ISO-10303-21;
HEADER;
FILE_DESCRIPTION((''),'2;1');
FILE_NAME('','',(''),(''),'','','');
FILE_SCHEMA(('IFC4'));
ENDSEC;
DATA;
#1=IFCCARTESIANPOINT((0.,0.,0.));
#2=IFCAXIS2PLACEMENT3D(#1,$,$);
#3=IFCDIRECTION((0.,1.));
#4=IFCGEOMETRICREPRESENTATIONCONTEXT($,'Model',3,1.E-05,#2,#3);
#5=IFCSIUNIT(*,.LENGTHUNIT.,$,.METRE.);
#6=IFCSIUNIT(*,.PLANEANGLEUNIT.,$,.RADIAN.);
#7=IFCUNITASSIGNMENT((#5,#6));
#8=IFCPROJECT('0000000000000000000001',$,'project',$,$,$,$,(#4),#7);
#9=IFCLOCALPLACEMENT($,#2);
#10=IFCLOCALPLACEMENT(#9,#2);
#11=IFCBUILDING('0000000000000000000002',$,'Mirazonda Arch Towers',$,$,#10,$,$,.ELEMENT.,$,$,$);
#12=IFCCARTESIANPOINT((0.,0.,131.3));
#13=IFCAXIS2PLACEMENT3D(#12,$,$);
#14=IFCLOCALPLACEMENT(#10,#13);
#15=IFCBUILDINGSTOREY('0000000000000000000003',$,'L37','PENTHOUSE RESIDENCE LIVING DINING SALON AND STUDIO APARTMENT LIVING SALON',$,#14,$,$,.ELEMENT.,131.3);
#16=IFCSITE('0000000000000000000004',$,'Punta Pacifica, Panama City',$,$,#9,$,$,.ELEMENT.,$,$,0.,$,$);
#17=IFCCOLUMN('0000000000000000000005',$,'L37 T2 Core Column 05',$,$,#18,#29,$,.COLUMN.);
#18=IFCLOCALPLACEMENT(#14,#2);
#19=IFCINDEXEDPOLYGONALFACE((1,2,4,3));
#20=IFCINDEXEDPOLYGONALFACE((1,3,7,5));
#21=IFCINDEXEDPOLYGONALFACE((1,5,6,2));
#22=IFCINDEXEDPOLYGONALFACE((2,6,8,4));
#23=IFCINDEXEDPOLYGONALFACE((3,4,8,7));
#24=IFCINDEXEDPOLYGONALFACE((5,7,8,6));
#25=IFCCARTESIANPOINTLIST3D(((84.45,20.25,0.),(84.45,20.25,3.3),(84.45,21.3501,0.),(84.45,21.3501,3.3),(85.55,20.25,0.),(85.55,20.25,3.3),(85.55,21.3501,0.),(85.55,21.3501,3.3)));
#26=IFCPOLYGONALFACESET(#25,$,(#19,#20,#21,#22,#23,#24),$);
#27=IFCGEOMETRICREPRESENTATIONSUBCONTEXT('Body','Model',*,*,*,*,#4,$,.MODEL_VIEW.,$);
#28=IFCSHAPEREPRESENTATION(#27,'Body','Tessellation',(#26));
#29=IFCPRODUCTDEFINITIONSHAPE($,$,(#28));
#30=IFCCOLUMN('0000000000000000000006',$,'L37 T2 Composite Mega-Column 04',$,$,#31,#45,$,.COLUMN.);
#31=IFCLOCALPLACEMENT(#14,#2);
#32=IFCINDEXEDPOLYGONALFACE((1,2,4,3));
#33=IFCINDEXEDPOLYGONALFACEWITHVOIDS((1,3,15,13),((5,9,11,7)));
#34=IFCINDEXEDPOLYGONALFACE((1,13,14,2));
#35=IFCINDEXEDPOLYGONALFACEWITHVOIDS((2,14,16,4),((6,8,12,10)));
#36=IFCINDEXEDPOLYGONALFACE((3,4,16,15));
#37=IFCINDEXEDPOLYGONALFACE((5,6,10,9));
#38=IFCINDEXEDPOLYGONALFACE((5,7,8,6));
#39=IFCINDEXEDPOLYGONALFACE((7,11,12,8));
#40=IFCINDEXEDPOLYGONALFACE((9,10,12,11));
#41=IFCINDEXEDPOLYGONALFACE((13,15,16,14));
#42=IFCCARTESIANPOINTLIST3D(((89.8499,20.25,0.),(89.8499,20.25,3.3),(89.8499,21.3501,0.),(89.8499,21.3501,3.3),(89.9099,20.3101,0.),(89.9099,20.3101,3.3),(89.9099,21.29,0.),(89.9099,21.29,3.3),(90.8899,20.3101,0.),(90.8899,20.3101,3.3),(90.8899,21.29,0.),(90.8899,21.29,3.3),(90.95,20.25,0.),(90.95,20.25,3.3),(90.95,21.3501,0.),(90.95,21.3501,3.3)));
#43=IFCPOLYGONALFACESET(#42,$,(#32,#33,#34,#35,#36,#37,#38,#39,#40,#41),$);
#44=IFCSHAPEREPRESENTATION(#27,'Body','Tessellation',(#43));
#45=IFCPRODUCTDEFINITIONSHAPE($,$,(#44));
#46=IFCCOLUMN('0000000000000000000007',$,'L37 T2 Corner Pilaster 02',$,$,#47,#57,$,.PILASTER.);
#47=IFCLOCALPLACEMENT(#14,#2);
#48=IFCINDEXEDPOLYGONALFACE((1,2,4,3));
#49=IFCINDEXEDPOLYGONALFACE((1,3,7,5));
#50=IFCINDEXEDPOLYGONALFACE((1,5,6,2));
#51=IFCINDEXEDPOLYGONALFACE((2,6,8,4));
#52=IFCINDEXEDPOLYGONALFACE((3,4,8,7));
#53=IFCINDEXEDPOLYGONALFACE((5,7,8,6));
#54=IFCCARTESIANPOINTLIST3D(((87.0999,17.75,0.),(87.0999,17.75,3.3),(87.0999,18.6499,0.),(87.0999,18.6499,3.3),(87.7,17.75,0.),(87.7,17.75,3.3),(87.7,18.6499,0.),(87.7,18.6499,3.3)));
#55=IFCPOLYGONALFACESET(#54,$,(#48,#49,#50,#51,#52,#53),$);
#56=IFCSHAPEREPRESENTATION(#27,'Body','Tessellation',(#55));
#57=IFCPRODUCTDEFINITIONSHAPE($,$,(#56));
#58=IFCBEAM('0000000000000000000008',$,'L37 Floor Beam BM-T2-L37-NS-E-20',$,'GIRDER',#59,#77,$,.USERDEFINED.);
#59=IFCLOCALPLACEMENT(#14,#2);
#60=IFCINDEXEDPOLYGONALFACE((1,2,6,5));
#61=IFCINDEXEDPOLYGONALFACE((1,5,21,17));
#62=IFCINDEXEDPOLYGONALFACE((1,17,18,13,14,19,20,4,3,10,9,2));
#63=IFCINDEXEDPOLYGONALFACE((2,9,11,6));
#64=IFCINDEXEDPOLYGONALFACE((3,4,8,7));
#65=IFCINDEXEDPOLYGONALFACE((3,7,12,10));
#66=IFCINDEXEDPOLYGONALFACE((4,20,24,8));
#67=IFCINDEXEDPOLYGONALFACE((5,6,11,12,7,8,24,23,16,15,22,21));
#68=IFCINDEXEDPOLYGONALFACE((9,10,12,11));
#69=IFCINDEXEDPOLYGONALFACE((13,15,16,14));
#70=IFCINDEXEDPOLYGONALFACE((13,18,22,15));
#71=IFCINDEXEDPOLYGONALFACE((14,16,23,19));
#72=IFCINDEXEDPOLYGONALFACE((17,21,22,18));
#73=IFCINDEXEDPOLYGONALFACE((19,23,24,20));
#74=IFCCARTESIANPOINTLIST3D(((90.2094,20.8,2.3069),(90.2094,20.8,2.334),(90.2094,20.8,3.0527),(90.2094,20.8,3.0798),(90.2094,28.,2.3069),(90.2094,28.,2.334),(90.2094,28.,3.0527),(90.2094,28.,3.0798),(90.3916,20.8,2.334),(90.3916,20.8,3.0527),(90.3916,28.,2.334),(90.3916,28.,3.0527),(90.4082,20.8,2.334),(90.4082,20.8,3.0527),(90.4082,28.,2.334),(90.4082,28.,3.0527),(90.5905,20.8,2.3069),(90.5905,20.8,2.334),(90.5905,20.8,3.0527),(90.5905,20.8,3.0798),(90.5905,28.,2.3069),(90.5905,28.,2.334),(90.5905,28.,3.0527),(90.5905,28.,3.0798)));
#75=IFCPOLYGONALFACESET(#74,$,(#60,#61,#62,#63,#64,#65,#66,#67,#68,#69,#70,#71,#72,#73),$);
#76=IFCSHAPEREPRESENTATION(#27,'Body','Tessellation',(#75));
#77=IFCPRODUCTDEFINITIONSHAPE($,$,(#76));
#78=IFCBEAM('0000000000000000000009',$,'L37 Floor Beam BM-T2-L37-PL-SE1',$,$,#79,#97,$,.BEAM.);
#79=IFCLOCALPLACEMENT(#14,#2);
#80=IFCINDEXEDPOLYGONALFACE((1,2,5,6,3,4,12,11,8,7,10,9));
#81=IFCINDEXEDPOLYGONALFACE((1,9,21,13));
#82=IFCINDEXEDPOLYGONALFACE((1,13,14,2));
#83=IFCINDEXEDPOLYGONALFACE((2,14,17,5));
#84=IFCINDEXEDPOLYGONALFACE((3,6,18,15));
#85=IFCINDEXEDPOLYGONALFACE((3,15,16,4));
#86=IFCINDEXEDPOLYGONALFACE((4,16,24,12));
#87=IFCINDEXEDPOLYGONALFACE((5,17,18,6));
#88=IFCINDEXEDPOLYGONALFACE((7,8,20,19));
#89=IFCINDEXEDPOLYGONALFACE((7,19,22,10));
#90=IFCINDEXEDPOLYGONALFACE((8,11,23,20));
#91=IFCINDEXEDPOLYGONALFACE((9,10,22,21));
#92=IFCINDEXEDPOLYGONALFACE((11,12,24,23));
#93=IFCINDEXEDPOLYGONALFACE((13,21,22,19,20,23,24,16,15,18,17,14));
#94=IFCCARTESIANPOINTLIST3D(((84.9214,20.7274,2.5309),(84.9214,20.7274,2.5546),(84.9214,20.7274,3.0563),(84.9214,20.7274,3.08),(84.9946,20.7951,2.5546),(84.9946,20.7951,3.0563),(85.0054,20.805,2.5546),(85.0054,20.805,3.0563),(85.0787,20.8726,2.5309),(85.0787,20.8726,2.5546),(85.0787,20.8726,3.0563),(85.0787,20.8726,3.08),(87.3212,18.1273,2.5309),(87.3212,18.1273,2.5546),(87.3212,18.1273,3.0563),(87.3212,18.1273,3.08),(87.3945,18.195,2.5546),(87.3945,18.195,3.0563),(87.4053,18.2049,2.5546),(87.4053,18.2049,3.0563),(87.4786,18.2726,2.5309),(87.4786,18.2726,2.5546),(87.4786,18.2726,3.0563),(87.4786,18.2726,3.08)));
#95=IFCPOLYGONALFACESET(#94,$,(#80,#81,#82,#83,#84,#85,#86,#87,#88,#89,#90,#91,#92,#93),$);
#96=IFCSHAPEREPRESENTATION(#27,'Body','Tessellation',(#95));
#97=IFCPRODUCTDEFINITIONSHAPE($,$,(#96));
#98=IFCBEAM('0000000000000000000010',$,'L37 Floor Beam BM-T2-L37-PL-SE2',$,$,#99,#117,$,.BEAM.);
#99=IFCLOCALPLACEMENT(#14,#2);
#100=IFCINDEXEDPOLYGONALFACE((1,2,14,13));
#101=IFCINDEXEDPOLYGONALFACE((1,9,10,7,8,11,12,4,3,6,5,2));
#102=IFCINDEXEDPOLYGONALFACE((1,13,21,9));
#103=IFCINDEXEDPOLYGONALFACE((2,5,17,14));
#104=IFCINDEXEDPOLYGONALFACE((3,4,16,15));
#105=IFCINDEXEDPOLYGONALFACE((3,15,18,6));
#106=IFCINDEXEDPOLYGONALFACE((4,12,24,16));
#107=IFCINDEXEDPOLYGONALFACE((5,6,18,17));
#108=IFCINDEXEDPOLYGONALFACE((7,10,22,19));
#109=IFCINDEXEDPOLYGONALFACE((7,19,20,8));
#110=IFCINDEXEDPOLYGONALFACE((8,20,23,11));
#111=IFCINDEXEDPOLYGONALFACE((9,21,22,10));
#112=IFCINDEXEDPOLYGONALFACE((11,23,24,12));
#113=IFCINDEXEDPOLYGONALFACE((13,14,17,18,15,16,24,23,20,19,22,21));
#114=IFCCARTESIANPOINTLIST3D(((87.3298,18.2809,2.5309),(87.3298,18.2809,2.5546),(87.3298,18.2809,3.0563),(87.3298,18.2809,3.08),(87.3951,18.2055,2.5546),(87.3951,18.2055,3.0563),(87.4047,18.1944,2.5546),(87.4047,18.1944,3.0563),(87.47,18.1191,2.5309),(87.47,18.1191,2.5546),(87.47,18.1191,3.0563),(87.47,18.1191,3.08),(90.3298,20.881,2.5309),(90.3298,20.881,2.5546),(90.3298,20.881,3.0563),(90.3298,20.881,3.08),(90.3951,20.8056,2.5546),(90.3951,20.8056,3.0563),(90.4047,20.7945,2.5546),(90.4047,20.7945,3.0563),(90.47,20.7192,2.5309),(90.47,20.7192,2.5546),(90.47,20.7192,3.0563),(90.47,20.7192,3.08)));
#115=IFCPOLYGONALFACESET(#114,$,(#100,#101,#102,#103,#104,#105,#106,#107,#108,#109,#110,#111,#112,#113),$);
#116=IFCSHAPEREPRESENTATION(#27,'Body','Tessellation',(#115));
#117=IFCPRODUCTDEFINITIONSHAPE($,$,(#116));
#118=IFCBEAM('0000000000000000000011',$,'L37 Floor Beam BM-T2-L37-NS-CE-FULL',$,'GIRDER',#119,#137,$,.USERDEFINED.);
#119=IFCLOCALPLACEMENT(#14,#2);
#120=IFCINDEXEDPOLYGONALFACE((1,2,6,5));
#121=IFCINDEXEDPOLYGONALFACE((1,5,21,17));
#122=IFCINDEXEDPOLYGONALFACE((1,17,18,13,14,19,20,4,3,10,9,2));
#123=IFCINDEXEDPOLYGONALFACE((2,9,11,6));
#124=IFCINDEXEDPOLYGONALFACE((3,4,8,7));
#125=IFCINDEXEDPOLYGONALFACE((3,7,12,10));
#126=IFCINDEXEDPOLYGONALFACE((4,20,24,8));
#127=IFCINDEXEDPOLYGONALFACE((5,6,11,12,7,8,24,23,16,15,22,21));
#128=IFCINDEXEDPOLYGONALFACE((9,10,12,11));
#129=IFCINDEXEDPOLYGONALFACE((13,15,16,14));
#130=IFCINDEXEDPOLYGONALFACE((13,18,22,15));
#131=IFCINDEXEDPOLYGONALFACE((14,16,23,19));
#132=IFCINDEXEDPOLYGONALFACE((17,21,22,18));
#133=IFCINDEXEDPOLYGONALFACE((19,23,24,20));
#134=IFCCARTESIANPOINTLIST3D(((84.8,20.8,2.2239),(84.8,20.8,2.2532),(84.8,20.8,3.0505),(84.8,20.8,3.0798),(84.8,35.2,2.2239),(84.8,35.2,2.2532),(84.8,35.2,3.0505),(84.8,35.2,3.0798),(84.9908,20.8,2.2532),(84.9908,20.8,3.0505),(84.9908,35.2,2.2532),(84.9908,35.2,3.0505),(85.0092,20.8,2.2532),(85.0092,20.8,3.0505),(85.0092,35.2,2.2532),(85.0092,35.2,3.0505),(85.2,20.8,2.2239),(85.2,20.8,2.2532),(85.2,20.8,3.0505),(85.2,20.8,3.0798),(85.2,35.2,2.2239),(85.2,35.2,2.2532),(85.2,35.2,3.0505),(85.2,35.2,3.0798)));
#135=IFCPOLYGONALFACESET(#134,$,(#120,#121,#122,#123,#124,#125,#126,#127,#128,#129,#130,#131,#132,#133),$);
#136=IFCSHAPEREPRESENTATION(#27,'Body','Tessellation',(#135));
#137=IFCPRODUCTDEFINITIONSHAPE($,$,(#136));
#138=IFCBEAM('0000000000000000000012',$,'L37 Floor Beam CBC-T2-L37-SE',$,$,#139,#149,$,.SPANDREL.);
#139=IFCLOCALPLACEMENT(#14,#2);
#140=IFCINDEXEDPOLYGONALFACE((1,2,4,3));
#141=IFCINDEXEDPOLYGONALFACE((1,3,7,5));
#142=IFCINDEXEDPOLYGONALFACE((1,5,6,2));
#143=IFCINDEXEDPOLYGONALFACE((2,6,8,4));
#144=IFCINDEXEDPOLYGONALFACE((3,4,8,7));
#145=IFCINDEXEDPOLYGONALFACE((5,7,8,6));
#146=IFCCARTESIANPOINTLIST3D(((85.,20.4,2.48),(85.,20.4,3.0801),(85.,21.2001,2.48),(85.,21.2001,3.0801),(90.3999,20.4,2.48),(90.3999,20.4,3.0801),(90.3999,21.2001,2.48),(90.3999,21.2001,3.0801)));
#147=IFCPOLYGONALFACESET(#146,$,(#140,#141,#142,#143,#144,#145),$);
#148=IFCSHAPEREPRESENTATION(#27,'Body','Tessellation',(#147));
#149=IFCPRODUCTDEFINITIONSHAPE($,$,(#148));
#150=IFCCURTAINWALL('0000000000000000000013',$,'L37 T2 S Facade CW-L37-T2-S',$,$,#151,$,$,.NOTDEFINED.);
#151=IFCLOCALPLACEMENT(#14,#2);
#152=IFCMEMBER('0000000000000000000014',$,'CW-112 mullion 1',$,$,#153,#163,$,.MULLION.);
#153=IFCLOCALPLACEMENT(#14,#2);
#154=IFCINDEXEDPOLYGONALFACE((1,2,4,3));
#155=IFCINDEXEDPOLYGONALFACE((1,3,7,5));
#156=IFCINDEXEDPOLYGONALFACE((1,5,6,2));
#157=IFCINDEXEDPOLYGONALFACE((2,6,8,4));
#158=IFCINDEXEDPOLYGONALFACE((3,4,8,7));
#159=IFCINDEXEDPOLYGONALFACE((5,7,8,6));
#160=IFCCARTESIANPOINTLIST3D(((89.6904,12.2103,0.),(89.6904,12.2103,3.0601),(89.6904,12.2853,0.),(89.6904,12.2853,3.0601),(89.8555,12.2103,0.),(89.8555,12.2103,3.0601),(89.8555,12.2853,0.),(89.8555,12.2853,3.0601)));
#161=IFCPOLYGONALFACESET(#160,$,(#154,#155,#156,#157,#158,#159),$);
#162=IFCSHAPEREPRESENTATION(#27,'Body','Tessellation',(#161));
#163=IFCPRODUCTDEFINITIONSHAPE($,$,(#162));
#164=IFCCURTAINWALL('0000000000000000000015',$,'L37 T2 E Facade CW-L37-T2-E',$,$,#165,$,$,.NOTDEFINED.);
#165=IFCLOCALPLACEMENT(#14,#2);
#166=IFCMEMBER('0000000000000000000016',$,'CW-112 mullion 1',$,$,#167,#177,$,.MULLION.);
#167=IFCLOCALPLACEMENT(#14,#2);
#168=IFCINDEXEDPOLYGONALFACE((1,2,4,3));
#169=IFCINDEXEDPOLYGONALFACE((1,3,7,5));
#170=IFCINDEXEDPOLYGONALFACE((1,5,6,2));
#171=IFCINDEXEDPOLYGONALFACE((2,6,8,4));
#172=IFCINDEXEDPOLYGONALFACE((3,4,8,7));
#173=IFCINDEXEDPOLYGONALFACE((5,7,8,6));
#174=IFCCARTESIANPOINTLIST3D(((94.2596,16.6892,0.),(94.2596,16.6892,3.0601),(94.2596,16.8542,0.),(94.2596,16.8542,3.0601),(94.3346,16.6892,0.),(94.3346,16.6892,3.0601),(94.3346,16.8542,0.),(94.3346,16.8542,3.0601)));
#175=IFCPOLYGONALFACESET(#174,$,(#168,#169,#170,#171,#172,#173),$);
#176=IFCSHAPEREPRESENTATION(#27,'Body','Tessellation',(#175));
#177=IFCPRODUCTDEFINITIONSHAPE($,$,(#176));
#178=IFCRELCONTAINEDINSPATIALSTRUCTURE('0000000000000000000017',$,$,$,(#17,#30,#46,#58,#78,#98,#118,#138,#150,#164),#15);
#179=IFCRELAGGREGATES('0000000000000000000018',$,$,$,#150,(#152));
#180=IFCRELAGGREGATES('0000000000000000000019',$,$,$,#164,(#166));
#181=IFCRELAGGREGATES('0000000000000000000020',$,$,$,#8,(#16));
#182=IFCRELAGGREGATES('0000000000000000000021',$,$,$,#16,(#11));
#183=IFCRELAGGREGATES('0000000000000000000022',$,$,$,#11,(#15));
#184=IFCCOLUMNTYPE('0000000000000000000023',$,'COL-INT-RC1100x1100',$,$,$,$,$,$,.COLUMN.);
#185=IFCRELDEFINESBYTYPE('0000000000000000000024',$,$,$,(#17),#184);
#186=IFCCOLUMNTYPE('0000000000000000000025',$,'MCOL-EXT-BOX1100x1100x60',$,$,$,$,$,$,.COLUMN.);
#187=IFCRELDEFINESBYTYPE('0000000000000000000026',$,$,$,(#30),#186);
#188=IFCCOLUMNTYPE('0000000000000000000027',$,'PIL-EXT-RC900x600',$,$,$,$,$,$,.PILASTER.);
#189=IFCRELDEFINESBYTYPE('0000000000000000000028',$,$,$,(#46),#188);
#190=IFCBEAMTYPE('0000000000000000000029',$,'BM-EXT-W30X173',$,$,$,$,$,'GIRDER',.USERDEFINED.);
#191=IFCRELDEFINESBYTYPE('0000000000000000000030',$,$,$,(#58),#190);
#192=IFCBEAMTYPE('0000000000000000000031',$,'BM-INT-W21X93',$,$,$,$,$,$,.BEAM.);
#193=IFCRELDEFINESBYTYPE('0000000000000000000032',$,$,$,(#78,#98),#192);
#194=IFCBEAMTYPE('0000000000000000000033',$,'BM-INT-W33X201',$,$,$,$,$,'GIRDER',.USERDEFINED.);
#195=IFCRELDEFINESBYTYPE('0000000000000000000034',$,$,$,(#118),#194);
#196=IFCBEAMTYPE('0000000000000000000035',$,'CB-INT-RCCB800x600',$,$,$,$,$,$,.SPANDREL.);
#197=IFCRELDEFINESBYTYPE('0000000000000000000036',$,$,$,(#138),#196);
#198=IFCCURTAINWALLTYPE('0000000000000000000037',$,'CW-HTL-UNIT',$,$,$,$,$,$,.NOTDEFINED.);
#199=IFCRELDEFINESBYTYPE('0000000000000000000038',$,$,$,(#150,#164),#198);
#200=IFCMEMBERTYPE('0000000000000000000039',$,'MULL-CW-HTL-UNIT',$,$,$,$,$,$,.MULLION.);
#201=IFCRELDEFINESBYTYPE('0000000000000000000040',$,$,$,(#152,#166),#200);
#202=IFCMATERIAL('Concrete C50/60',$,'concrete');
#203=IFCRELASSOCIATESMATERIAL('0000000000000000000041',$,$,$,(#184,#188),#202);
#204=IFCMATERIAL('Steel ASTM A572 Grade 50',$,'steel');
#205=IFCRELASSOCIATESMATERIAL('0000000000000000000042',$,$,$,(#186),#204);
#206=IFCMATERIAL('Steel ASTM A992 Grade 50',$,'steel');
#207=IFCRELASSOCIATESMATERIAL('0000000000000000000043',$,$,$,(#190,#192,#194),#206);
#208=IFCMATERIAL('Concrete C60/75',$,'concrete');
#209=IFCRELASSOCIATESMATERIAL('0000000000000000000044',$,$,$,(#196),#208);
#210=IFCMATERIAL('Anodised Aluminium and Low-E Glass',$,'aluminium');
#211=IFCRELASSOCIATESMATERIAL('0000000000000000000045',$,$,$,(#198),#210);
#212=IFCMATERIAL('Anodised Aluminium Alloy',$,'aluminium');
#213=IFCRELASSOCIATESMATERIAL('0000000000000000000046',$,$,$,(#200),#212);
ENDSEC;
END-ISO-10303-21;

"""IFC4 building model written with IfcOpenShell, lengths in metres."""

from ifc_helpers import new_model, si_unit, direction, frame, origin, origin_2d, place, context, subcontext, project, spatial, rectangle, hollow_rectangle, i_section, extrude, material, material_profile, profile_set, type_object, element, aggregate, save


model = new_model("IFC4")

# Units and contexts
model_context = context("Model", 3, precision=1e-05, world=origin(), true_north=direction((0.0, 1.0)))
body_context = subcontext(model_context, "Body", "Model", "MODEL_VIEW")
ifc_project = project(units=[si_unit("LENGTHUNIT", "METRE"), si_unit("PLANEANGLEUNIT", "RADIAN")], contexts=[model_context])

# Site, building, storey
site_placement = place(None, origin())
site = spatial("IfcSite", under=ifc_project, at=site_placement, Name="Punta Pacifica, Panama City", CompositionType="ELEMENT", RefElevation=0.0)
building_placement = place(site_placement, origin())
building = spatial("IfcBuilding", under=site, at=building_placement, Name="Mirazonda Arch Towers", CompositionType="ELEMENT")
storey_placement = place(building_placement, frame((0.0, 0.0, 131.3)))
storey = spatial("IfcBuildingStorey", under=building, at=storey_placement, Name="L37", Description="PENTHOUSE RESIDENCE LIVING DINING SALON AND STUDIO APARTMENT LIVING SALON", CompositionType="ELEMENT", Elevation=131.3)

# Columns
ifc_material_1 = material(Name="Concrete C50/60", Category="concrete")
ifc_material_profile_1 = material_profile(ifc_material_1, rectangle(XDim=1.1001, YDim=1.1001, at=origin_2d()), Name="RC1100x1100")
ifc_profile_set_1 = profile_set([ifc_material_profile_1], Name="Concrete C50/60")
column_type_1 = type_object("IfcColumnType", Name="COL-INT-RC1100x1100", PredefinedType="COLUMN", material=ifc_profile_set_1)
column_1_placement = place(storey_placement, frame((85.0, 20.8, 0.0), z_axis=(0.0, 0.0, 1.0), x_axis=(1.0, 0.0, 0.0)))
element("IfcColumn", 1, at=column_1_placement, inside=storey, type_object=column_type_1, Name="L37 T2 Core Column 05", PredefinedType="COLUMN", context=body_context, shape_type="SweptSolid", body=[
    extrude(rectangle(XDim=1.1001, YDim=1.1001, at=origin_2d()), origin(), (0.0, 0.0, 1.0), 3.3),
])
ifc_material_2 = material(Name="Steel ASTM A572 Grade 50", Category="steel")
ifc_material_profile_2 = material_profile(ifc_material_2, hollow_rectangle(XDim=1.1001, YDim=1.1001, WallThickness=0.0601, at=origin_2d()), Name="BOX1100x1100x60")
ifc_profile_set_2 = profile_set([ifc_material_profile_2], Name="Steel ASTM A572 Grade 50")
column_type_2 = type_object("IfcColumnType", Name="MCOL-EXT-BOX1100x1100x60", PredefinedType="COLUMN", material=ifc_profile_set_2)
column_2_placement = place(storey_placement, frame((90.3999, 20.8, 0.0), z_axis=(0.0, 0.0, 1.0), x_axis=(1.0, 0.0, 0.0)))
element("IfcColumn", 2, at=column_2_placement, inside=storey, type_object=column_type_2, Name="L37 T2 Composite Mega-Column 04", PredefinedType="COLUMN", context=body_context, shape_type="SweptSolid", body=[
    extrude(hollow_rectangle(XDim=1.1001, YDim=1.1001, WallThickness=0.0601, at=origin_2d()), origin(), (0.0, 0.0, 1.0), 3.3),
])
ifc_material_profile_3 = material_profile(ifc_material_1, rectangle(XDim=0.6001, YDim=0.8999, at=origin_2d()), Name="RC900x600")
ifc_profile_set_3 = profile_set([ifc_material_profile_3], Name="Concrete C50/60")
column_type_3 = type_object("IfcColumnType", Name="PIL-EXT-RC900x600", PredefinedType="PILASTER", material=ifc_profile_set_3)
column_3_placement = place(storey_placement, frame((87.3999, 18.2, 0.0), z_axis=(0.0, 0.0, 1.0), x_axis=(1.0, 0.0, 0.0)))
element("IfcColumn", 3, at=column_3_placement, inside=storey, type_object=column_type_3, Name="L37 T2 Corner Pilaster 02", PredefinedType="PILASTER", context=body_context, shape_type="SweptSolid", body=[
    extrude(rectangle(XDim=0.6001, YDim=0.8999, at=origin_2d()), origin(), (0.0, 0.0, 1.0), 3.3),
])

# Beams
ifc_material_3 = material(Name="Steel ASTM A992 Grade 50", Category="steel")
ifc_material_profile_4 = material_profile(ifc_material_3, i_section(OverallWidth=0.3811, OverallDepth=0.7729, WebThickness=0.0166, FlangeThickness=0.0271, at=origin_2d()), Name="W30X173")
ifc_profile_set_4 = profile_set([ifc_material_profile_4], Name="Steel ASTM A992 Grade 50")
beam_type_1 = type_object("IfcBeamType", Name="BM-EXT-W30X173", ElementType="GIRDER", PredefinedType="USERDEFINED", material=ifc_profile_set_4)
beam_1_placement = place(storey_placement, frame((90.3999, 20.8, 2.6934), z_axis=(0.0, 1.0, 0.0), x_axis=(-1.0, 0.0, 0.0)))
element("IfcBeam", 4, at=beam_1_placement, inside=storey, type_object=beam_type_1, Name="L37 Floor Beam BM-T2-L37-NS-E-20", ObjectType="GIRDER", PredefinedType="USERDEFINED", context=body_context, shape_type="SweptSolid", body=[
    extrude(i_section(OverallWidth=0.3811, OverallDepth=0.7729, WebThickness=0.0166, FlangeThickness=0.0271, at=origin_2d()), origin(), (0.0, 0.0, 1.0), 7.2),
])
ifc_material_profile_5 = material_profile(ifc_material_3, i_section(OverallWidth=0.2141, OverallDepth=0.5491, WebThickness=0.0146, FlangeThickness=0.0237, at=origin_2d()), Name="W21X93")
ifc_profile_set_5 = profile_set([ifc_material_profile_5], Name="Steel ASTM A992 Grade 50")
beam_type_2 = type_object("IfcBeamType", Name="BM-INT-W21X93", PredefinedType="BEAM", material=ifc_profile_set_5)
beam_2_placement = place(storey_placement, frame((87.3999, 18.2, 2.8054), z_axis=(-0.678251, 0.73483, 0.0), x_axis=(-0.73483, -0.678251, 0.0)))
element("IfcBeam", 5, at=beam_2_placement, inside=storey, type_object=beam_type_2, Name="L37 Floor Beam BM-T2-L37-PL-SE1", PredefinedType="BEAM", context=body_context, shape_type="SweptSolid", body=[
    extrude(i_section(OverallWidth=0.2141, OverallDepth=0.5491, WebThickness=0.0146, FlangeThickness=0.0237, at=origin_2d()), origin(), (0.0, 0.0, 1.0), 3.5383),
])
beam_3_placement = place(storey_placement, frame((87.3999, 18.2, 2.8054), z_axis=(0.755677, 0.654945, 0.0), x_axis=(-0.654945, 0.755677, 0.0)))
element("IfcBeam", 6, at=beam_3_placement, inside=storey, type_object=beam_type_2, Name="L37 Floor Beam BM-T2-L37-PL-SE2", PredefinedType="BEAM", context=body_context, shape_type="SweptSolid", body=[
    extrude(i_section(OverallWidth=0.2141, OverallDepth=0.5491, WebThickness=0.0146, FlangeThickness=0.0237, at=origin_2d()), origin(), (0.0, 0.0, 1.0), 3.97),
])
ifc_material_profile_6 = material_profile(ifc_material_3, i_section(OverallWidth=0.3999, OverallDepth=0.856, WebThickness=0.0183, FlangeThickness=0.0293, at=origin_2d()), Name="W33X201")
ifc_profile_set_6 = profile_set([ifc_material_profile_6], Name="Steel ASTM A992 Grade 50")
beam_type_3 = type_object("IfcBeamType", Name="BM-INT-W33X201", ElementType="GIRDER", PredefinedType="USERDEFINED", material=ifc_profile_set_6)
beam_4_placement = place(storey_placement, frame((85.0, 20.8, 2.6519), z_axis=(0.0, 1.0, 0.0), x_axis=(-1.0, 0.0, 0.0)))
element("IfcBeam", 7, at=beam_4_placement, inside=storey, type_object=beam_type_3, Name="L37 Floor Beam BM-T2-L37-NS-CE-FULL", ObjectType="GIRDER", PredefinedType="USERDEFINED", context=body_context, shape_type="SweptSolid", body=[
    extrude(i_section(OverallWidth=0.3999, OverallDepth=0.856, WebThickness=0.0183, FlangeThickness=0.0293, at=origin_2d()), origin(), (0.0, 0.0, 1.0), 14.3999),
])
ifc_material_4 = material(Name="Concrete C60/75", Category="concrete")
ifc_material_profile_7 = material_profile(ifc_material_4, rectangle(XDim=0.8, YDim=0.6001, at=origin_2d()), Name="RCCB800x600")
ifc_profile_set_7 = profile_set([ifc_material_profile_7], Name="Concrete C60/75")
beam_type_4 = type_object("IfcBeamType", Name="CB-INT-RCCB800x600", PredefinedType="SPANDREL", material=ifc_profile_set_7)
beam_5_placement = place(storey_placement, frame((85.0, 20.8, 2.78), z_axis=(1.0, 0.0, 0.0), x_axis=(0.0, 1.0, 0.0)))
element("IfcBeam", 8, at=beam_5_placement, inside=storey, type_object=beam_type_4, Name="L37 Floor Beam CBC-T2-L37-SE", PredefinedType="SPANDREL", context=body_context, shape_type="SweptSolid", body=[
    extrude(rectangle(XDim=0.8, YDim=0.6001, at=origin_2d()), origin(), (0.0, 0.0, 1.0), 5.3999),
])

# Curtain wall, member
ifc_material_5 = material(Name="Anodised Aluminium and Low-E Glass", Category="aluminium")
curtain_wall_type = type_object("IfcCurtainWallType", Name="CW-HTL-UNIT", PredefinedType="NOTDEFINED", material=ifc_material_5)
curtain_wall_1_placement = place(storey_placement, origin())
curtain_wall_1 = element("IfcCurtainWall", 9, at=curtain_wall_1_placement, inside=storey, type_object=curtain_wall_type, Name="L37 T2 S Facade CW-L37-T2-S", PredefinedType="NOTDEFINED")
ifc_material_6 = material(Name="Anodised Aluminium Alloy", Category="aluminium")
ifc_material_profile_8 = material_profile(ifc_material_6, rectangle(XDim=0.075, YDim=0.165, at=origin_2d()), Name="ALU-MULL-75x165")
ifc_profile_set_8 = profile_set([ifc_material_profile_8], Name="Anodised Aluminium Alloy")
member_type_1 = type_object("IfcMemberType", Name="MULL-CW-HTL-UNIT", PredefinedType="MULLION", material=ifc_profile_set_8)
member_1_placement = place(storey_placement, frame((89.7729, 12.2478, 0.0), z_axis=(0.0, 0.0, 1.0), x_axis=(0.0, -1.0, 0.0)))
member_1 = element("IfcMember", 10, at=member_1_placement, type_object=member_type_1, Name="CW-112 mullion 1", PredefinedType="MULLION", context=body_context, shape_type="SweptSolid", body=[
    extrude(rectangle(XDim=0.075, YDim=0.165, at=origin_2d()), origin(), (0.0, 0.0, 1.0), 3.0601),
])

# Curtain wall, member
curtain_wall_2_placement = place(storey_placement, origin())
curtain_wall_2 = element("IfcCurtainWall", 11, at=curtain_wall_2_placement, inside=storey, type_object=curtain_wall_type, Name="L37 T2 E Facade CW-L37-T2-E", PredefinedType="NOTDEFINED")
member_2_placement = place(storey_placement, frame((94.2971, 16.7717, 0.0), z_axis=(0.0, 0.0, 1.0), x_axis=(-1.0, 0.0, 0.0)))
member_2 = element("IfcMember", 12, at=member_2_placement, type_object=member_type_1, Name="CW-112 mullion 1", PredefinedType="MULLION", context=body_context, shape_type="SweptSolid", body=[
    extrude(rectangle(XDim=0.075, YDim=0.165, at=origin_2d()), origin(), (0.0, 0.0, 1.0), 3.0601),
])

aggregate(curtain_wall_1, [member_1])
aggregate(curtain_wall_2, [member_2])

save(model, "model.ifc")
